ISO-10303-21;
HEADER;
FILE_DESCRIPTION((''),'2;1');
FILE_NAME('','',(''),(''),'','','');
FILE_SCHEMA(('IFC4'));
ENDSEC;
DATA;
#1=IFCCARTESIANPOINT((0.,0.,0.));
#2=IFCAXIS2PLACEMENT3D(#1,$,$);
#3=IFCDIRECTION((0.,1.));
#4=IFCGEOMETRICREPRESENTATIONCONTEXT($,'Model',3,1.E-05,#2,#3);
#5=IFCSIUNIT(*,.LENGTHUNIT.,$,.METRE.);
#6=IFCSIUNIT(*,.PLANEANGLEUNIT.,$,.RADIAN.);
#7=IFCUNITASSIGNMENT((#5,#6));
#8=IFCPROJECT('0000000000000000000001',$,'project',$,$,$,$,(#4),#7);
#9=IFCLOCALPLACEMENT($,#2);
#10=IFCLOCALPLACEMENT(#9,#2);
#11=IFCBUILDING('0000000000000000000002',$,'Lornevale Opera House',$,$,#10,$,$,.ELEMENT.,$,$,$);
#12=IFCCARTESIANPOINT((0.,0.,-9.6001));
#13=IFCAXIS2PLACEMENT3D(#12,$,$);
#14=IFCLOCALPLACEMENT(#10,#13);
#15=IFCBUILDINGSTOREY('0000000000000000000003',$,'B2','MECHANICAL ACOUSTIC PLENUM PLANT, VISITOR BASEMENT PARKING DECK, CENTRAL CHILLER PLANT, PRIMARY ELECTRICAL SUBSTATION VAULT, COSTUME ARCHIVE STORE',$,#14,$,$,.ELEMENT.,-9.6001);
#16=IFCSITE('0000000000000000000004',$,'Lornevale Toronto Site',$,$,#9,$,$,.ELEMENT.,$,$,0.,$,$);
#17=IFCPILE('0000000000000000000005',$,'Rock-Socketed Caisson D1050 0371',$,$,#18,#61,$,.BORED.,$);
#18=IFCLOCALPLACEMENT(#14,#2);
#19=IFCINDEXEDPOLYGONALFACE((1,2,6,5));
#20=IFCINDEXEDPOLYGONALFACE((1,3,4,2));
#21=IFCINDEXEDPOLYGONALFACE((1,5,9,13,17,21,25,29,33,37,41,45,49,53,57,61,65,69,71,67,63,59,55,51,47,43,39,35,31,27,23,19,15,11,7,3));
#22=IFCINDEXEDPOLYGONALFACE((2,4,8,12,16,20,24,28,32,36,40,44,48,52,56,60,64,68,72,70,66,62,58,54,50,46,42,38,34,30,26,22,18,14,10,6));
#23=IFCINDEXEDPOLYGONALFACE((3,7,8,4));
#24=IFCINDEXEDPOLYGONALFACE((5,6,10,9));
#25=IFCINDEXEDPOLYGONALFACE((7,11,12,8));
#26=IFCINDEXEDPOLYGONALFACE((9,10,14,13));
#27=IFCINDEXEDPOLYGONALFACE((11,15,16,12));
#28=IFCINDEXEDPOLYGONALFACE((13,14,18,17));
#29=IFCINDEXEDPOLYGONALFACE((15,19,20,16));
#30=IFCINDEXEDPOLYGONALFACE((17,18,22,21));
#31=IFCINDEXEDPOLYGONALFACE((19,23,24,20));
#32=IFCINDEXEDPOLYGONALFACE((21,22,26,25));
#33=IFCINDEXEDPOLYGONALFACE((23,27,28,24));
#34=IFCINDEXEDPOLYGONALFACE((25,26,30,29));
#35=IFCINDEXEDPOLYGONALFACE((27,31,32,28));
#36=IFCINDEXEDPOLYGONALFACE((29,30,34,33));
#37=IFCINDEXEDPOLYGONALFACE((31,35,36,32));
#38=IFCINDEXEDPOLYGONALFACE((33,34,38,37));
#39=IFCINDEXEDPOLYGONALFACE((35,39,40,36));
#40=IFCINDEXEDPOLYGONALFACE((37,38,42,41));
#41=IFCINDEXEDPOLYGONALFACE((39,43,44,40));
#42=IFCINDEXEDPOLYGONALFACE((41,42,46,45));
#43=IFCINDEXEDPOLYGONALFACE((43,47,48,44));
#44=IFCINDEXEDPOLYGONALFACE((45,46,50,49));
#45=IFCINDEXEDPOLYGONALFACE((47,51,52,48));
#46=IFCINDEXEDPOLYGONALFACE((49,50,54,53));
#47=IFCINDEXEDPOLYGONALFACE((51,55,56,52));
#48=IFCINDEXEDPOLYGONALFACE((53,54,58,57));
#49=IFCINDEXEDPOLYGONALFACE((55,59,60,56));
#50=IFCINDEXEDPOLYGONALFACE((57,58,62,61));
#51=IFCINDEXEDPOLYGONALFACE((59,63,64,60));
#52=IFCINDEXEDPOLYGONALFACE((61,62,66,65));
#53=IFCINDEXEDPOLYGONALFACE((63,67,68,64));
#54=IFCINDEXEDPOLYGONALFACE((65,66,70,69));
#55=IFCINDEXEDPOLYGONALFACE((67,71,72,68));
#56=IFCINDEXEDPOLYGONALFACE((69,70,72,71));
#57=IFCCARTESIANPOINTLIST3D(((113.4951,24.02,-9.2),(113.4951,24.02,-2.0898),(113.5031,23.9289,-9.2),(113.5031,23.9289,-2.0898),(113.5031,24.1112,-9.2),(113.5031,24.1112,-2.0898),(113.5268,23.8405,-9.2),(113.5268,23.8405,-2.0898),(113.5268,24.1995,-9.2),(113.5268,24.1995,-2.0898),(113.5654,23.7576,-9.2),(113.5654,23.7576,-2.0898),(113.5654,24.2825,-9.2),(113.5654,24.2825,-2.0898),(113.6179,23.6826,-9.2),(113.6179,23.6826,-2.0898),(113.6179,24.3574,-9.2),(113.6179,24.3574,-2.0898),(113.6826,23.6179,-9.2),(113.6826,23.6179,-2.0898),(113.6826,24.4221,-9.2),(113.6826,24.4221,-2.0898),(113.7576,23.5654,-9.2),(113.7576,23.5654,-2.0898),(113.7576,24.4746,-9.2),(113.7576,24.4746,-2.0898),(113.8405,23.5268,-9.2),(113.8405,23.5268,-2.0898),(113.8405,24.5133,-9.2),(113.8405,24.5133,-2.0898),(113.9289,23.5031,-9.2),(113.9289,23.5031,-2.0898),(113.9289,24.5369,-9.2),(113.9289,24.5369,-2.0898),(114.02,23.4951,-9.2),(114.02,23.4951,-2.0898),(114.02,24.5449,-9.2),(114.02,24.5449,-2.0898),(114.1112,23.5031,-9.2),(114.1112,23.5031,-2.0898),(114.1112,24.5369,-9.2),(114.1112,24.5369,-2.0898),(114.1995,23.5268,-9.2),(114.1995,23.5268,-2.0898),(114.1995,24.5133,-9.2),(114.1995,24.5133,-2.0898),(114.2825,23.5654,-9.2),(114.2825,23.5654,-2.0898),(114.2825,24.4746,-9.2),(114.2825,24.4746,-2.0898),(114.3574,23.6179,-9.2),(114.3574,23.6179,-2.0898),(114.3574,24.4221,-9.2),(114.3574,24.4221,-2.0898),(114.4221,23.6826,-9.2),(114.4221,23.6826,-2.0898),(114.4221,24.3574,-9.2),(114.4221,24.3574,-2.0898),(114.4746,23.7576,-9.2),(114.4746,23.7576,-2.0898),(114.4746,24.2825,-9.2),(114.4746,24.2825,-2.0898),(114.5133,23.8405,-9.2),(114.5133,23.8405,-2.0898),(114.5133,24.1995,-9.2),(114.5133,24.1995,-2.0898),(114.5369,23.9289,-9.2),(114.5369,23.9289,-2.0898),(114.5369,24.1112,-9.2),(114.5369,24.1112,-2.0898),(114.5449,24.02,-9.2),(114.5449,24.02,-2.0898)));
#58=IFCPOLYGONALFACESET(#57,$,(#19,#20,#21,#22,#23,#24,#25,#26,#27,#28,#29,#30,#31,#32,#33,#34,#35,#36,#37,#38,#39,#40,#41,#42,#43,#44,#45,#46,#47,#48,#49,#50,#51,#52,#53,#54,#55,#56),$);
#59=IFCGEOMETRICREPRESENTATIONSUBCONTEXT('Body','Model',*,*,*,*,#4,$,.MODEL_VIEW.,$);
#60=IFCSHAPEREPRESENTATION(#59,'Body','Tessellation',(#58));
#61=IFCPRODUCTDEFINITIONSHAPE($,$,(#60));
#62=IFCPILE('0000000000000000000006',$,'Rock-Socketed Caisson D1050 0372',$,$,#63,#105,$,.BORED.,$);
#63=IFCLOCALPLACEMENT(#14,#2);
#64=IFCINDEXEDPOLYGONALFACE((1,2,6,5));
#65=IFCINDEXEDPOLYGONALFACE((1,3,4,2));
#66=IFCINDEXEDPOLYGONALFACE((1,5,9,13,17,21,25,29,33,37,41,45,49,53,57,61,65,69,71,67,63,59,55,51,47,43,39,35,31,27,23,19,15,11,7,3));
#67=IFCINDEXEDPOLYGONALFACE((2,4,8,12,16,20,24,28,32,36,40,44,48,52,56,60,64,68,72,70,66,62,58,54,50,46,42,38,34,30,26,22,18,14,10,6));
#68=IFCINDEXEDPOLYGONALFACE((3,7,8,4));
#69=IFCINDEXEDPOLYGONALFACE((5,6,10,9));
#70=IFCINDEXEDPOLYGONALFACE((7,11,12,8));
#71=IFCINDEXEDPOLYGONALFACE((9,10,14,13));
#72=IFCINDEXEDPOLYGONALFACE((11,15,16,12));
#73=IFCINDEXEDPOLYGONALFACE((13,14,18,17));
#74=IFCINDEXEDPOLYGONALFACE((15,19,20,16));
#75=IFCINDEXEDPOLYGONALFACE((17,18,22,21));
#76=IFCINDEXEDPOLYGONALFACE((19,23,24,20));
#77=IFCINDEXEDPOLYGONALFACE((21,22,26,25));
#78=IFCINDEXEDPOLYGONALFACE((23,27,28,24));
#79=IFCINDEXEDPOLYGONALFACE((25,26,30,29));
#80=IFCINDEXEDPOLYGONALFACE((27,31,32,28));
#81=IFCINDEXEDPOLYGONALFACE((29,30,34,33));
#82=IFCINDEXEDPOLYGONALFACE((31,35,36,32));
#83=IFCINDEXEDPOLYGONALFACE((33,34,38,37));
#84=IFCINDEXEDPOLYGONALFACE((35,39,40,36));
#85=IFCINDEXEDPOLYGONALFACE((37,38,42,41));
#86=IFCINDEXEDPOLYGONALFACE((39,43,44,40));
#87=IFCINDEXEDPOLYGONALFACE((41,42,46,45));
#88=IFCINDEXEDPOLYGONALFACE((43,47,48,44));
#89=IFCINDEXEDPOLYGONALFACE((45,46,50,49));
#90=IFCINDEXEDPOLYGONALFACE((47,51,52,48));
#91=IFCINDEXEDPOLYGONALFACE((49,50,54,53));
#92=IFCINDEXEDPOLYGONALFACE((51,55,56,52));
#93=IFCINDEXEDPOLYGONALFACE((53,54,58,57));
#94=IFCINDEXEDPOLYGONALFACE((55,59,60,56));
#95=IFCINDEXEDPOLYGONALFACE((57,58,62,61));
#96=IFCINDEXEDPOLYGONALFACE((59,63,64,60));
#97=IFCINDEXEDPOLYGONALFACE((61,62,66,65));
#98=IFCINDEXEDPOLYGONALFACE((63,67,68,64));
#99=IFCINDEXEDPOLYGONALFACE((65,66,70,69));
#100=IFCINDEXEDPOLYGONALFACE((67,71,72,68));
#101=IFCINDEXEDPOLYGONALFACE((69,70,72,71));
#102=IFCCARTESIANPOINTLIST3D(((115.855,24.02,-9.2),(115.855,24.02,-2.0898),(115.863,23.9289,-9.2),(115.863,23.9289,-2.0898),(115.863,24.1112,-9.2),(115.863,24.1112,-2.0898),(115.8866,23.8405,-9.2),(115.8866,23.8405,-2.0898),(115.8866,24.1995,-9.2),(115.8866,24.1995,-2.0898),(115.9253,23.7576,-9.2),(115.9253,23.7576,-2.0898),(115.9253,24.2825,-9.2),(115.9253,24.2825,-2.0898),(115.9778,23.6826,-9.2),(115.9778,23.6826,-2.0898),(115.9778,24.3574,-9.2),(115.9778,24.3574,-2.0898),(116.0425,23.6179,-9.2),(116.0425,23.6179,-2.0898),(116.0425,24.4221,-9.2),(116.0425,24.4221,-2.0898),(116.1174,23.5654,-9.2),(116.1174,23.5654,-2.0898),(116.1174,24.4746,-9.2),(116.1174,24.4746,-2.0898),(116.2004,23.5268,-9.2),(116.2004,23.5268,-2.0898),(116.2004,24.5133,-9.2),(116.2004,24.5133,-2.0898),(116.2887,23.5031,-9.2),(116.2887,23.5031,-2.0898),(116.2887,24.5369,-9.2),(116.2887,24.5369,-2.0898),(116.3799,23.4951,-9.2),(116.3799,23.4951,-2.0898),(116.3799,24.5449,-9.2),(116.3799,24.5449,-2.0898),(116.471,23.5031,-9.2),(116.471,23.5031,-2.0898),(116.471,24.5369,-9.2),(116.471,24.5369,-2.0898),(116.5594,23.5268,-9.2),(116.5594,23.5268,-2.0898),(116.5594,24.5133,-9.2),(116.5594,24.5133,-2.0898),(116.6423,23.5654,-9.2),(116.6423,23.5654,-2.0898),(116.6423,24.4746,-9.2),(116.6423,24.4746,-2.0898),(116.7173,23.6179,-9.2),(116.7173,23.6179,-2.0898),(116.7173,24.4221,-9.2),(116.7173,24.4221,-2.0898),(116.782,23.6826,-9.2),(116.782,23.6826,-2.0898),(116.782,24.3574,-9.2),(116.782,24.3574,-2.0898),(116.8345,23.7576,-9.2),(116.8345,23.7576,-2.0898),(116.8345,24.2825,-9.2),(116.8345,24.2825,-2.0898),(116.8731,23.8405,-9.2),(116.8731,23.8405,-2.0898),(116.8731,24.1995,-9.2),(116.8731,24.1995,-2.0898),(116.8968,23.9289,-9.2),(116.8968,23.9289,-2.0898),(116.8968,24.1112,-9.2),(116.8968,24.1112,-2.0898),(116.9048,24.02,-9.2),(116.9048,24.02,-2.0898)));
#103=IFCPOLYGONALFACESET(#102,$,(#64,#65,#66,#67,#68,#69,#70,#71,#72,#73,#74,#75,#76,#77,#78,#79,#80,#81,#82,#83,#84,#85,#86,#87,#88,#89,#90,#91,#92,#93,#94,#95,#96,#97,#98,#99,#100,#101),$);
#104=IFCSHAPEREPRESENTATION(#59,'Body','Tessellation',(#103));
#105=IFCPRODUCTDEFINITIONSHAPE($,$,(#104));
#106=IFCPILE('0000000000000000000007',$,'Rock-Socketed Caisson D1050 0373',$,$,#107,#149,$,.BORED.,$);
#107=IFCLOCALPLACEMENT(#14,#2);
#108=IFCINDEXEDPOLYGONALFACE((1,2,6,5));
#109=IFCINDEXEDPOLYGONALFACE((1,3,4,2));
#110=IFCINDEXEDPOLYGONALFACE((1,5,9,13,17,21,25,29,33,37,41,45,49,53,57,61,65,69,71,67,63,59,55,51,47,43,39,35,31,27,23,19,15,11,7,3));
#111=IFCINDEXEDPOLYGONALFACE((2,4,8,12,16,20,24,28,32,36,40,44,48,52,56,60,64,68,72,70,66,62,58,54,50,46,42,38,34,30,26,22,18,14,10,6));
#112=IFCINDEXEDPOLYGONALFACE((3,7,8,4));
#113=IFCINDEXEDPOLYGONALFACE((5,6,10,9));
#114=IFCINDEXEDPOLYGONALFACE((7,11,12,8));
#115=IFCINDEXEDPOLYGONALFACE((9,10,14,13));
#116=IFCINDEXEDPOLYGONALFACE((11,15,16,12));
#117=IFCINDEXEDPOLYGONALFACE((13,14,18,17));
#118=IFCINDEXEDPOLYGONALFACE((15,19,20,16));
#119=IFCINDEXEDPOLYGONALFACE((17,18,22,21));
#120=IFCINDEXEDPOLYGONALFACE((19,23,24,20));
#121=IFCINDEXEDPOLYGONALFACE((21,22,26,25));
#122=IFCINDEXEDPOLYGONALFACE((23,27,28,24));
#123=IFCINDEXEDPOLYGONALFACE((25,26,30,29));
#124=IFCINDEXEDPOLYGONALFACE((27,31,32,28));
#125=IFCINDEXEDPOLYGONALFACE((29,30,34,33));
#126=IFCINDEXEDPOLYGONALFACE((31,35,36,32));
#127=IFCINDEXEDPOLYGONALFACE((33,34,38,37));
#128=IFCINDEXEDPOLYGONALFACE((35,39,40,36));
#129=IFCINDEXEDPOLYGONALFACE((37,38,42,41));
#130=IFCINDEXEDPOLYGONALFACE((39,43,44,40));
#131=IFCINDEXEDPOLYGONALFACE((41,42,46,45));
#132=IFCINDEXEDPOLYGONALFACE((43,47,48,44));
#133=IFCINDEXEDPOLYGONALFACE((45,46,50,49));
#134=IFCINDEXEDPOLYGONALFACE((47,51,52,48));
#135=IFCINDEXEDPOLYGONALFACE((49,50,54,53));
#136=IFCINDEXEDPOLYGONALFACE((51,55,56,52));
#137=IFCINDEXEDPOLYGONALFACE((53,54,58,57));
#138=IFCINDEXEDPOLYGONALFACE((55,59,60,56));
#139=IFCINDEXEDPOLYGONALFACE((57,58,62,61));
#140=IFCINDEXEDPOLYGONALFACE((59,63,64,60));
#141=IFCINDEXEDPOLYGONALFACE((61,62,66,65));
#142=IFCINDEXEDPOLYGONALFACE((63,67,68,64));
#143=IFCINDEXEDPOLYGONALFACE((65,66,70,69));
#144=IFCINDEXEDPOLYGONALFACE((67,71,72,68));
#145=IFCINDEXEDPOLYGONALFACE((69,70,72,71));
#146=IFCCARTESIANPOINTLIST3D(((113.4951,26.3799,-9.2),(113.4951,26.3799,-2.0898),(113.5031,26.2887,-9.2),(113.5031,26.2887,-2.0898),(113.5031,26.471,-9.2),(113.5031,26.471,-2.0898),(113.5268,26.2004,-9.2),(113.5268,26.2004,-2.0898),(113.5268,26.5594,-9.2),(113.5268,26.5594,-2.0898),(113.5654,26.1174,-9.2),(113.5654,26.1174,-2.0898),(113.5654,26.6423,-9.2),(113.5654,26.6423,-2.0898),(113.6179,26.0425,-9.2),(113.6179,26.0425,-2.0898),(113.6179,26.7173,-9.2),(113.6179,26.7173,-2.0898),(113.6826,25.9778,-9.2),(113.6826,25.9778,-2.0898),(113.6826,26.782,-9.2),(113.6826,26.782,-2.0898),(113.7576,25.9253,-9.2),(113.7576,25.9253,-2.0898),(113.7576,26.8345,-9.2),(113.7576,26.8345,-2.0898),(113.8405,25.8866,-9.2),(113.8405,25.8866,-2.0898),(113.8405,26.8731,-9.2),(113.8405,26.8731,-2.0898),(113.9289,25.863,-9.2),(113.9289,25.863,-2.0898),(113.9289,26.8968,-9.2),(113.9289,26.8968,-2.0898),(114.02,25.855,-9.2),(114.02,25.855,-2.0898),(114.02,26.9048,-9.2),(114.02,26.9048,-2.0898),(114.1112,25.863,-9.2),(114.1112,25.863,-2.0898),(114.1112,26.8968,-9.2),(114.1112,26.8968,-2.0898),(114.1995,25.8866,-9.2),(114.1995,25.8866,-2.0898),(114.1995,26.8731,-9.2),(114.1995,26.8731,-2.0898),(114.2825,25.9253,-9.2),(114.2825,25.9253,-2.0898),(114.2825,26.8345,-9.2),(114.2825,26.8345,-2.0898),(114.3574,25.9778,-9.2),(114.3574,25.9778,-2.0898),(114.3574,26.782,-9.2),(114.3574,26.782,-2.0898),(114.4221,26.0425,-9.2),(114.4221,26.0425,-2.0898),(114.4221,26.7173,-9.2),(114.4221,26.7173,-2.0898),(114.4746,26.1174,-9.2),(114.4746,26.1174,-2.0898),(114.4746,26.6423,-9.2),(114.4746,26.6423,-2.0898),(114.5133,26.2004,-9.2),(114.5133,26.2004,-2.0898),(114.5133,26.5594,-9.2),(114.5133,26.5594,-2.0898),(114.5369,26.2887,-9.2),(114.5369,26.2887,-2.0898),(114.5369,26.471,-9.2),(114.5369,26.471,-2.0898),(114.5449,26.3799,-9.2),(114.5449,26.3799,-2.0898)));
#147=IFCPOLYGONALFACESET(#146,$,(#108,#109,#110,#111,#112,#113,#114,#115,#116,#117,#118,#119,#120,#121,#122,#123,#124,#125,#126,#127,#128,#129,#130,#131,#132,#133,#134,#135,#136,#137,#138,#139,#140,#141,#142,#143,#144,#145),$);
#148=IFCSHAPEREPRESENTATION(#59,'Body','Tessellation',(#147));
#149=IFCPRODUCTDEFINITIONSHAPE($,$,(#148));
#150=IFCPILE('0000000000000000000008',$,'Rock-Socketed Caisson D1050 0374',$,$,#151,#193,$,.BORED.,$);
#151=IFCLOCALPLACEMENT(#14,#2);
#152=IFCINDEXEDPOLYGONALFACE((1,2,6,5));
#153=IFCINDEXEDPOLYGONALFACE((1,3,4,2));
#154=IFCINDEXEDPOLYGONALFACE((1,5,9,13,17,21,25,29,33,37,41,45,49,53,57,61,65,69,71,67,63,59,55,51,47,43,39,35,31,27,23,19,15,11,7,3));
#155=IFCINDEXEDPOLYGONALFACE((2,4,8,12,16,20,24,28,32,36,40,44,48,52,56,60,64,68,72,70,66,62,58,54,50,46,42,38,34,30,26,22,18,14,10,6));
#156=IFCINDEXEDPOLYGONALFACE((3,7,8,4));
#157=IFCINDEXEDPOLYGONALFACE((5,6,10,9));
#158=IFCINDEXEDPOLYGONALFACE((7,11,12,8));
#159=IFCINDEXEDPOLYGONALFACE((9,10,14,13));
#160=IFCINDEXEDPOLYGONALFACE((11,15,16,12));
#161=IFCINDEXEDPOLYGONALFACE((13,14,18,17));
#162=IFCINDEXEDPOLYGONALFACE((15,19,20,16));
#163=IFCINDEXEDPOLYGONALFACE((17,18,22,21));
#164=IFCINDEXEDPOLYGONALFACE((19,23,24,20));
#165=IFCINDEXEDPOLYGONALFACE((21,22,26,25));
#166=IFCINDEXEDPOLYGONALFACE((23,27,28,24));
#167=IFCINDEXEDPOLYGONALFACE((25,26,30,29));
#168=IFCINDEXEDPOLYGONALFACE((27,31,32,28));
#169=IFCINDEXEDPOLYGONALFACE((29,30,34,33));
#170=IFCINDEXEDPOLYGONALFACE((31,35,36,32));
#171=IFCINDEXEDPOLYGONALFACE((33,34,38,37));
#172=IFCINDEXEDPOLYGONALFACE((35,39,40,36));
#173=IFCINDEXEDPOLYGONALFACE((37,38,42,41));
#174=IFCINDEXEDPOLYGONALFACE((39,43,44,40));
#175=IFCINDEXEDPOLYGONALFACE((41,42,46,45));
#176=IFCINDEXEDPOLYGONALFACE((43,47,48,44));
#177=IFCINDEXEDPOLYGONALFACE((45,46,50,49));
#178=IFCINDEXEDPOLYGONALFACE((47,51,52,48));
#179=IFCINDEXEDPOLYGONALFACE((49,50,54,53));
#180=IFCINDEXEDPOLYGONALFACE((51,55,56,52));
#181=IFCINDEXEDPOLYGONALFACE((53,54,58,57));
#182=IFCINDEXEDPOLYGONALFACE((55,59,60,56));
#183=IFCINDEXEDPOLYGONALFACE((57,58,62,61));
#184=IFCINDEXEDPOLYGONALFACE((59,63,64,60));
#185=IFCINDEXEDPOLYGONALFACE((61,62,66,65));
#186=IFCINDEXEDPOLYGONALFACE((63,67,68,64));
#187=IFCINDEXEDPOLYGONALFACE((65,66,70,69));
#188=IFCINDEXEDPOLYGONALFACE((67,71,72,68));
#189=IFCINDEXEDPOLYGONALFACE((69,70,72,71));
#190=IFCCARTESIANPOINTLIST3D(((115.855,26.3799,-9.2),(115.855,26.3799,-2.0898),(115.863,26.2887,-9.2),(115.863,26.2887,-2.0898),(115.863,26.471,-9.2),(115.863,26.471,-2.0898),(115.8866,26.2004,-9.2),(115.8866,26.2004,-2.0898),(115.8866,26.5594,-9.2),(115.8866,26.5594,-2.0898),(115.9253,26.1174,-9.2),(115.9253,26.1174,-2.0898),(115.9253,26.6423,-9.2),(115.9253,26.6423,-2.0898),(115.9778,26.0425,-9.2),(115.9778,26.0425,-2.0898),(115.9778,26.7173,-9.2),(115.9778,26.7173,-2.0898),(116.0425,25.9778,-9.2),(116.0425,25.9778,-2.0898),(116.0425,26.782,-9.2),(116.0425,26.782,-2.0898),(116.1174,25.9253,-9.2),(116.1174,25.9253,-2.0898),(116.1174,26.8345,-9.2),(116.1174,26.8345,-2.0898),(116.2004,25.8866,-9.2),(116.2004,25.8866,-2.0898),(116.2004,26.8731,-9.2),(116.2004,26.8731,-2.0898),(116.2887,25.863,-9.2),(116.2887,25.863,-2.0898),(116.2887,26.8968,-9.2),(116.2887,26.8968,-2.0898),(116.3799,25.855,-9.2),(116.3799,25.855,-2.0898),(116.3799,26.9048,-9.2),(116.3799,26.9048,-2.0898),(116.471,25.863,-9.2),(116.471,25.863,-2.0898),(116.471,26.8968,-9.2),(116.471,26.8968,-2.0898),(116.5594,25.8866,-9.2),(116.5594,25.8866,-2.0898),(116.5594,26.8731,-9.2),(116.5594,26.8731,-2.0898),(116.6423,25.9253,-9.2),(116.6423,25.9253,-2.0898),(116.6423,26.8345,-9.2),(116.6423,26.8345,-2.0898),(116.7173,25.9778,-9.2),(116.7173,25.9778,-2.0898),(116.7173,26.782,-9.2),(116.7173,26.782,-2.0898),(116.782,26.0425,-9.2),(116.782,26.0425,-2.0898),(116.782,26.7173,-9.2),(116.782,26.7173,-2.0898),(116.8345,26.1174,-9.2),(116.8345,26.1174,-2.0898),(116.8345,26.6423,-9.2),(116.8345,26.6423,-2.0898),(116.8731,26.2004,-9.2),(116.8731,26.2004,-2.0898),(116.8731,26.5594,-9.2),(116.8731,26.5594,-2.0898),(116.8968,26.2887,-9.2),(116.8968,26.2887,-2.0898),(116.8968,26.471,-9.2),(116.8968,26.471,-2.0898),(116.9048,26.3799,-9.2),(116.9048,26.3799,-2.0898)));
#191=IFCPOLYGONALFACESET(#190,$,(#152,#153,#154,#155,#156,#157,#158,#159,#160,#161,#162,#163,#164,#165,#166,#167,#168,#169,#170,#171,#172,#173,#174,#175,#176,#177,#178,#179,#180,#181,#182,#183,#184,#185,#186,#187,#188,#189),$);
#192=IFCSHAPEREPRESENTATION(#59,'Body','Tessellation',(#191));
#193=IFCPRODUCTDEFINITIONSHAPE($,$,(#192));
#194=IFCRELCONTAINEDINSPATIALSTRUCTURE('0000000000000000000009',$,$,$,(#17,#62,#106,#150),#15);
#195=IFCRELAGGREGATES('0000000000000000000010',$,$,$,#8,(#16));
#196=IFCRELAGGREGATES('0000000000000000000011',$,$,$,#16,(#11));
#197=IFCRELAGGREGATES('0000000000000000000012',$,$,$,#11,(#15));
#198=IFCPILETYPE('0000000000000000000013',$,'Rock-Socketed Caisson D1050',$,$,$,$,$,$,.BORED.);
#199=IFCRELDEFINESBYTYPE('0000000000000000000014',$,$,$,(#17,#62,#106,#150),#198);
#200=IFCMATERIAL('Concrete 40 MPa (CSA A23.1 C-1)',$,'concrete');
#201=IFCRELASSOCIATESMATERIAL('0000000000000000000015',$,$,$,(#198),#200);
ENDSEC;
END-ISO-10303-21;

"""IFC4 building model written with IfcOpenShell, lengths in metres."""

from ifc_helpers import new_model, si_unit, direction, frame, origin, origin_2d, place, context, subcontext, project, spatial, circle, extrude, material, material_profile, profile_set, type_object, element, save


model = new_model("IFC4")

# Units and contexts
model_context = context("Model", 3, precision=1e-05, world=origin(), true_north=direction((0.0, 1.0)))
body_context = subcontext(model_context, "Body", "Model", "MODEL_VIEW")
ifc_project = project(units=[si_unit("LENGTHUNIT", "METRE"), si_unit("PLANEANGLEUNIT", "RADIAN")], contexts=[model_context])

# Site, building, storey
site_placement = place(None, origin())
site = spatial("IfcSite", under=ifc_project, at=site_placement, Name="Lornevale Toronto Site", CompositionType="ELEMENT", RefElevation=0.0)
building_placement = place(site_placement, origin())
building = spatial("IfcBuilding", under=site, at=building_placement, Name="Lornevale Opera House", CompositionType="ELEMENT")
storey_placement = place(building_placement, frame((0.0, 0.0, -9.6001)))
storey = spatial("IfcBuildingStorey", under=building, at=storey_placement, Name="B2", Description="MECHANICAL ACOUSTIC PLENUM PLANT, VISITOR BASEMENT PARKING DECK, CENTRAL CHILLER PLANT, PRIMARY ELECTRICAL SUBSTATION VAULT, COSTUME ARCHIVE STORE", CompositionType="ELEMENT", Elevation=-9.6001)

# Piles
ifc_material_1 = material(Name="Concrete 40 MPa (CSA A23.1 C-1)", Category="concrete")
ifc_material_profile_1 = material_profile(ifc_material_1, circle(Radius=0.5249, at=origin_2d()), Name="CAIS1050")
ifc_profile_set_1 = profile_set([ifc_material_profile_1], Name="Concrete 40 MPa (CSA A23.1 C-1)")
pile_type_1 = type_object("IfcPileType", Name="Rock-Socketed Caisson D1050", PredefinedType="BORED", material=ifc_profile_set_1)
for number, where, z_axis, x_axis, name in (
    (1, (114.02, 24.02, -2.0898), (0.0, 0.0, -1.0), (1.0, 0.0, 0.0), "Rock-Socketed Caisson D1050 0371"),
    (2, (116.3799, 24.02, -2.0898), (0.0, 0.0, -1.0), (1.0, 0.0, 0.0), "Rock-Socketed Caisson D1050 0372"),
    (3, (114.02, 26.3799, -2.0898), (0.0, 0.0, -1.0), (1.0, 0.0, 0.0), "Rock-Socketed Caisson D1050 0373"),
    (4, (116.3799, 26.3799, -2.0898), (0.0, 0.0, -1.0), (1.0, 0.0, 0.0), "Rock-Socketed Caisson D1050 0374"),
):
    element("IfcPile", number, at=place(storey_placement, frame(where, z_axis=z_axis, x_axis=x_axis)), inside=storey, type_object=pile_type_1, Name=name, PredefinedType="BORED", context=body_context, shape_type="SweptSolid", body=[
        extrude(circle(Radius=0.5249, at=origin_2d()), origin(), (0.0, 0.0, 1.0), 7.1101),
    ])

save(model, "model.ifc")
